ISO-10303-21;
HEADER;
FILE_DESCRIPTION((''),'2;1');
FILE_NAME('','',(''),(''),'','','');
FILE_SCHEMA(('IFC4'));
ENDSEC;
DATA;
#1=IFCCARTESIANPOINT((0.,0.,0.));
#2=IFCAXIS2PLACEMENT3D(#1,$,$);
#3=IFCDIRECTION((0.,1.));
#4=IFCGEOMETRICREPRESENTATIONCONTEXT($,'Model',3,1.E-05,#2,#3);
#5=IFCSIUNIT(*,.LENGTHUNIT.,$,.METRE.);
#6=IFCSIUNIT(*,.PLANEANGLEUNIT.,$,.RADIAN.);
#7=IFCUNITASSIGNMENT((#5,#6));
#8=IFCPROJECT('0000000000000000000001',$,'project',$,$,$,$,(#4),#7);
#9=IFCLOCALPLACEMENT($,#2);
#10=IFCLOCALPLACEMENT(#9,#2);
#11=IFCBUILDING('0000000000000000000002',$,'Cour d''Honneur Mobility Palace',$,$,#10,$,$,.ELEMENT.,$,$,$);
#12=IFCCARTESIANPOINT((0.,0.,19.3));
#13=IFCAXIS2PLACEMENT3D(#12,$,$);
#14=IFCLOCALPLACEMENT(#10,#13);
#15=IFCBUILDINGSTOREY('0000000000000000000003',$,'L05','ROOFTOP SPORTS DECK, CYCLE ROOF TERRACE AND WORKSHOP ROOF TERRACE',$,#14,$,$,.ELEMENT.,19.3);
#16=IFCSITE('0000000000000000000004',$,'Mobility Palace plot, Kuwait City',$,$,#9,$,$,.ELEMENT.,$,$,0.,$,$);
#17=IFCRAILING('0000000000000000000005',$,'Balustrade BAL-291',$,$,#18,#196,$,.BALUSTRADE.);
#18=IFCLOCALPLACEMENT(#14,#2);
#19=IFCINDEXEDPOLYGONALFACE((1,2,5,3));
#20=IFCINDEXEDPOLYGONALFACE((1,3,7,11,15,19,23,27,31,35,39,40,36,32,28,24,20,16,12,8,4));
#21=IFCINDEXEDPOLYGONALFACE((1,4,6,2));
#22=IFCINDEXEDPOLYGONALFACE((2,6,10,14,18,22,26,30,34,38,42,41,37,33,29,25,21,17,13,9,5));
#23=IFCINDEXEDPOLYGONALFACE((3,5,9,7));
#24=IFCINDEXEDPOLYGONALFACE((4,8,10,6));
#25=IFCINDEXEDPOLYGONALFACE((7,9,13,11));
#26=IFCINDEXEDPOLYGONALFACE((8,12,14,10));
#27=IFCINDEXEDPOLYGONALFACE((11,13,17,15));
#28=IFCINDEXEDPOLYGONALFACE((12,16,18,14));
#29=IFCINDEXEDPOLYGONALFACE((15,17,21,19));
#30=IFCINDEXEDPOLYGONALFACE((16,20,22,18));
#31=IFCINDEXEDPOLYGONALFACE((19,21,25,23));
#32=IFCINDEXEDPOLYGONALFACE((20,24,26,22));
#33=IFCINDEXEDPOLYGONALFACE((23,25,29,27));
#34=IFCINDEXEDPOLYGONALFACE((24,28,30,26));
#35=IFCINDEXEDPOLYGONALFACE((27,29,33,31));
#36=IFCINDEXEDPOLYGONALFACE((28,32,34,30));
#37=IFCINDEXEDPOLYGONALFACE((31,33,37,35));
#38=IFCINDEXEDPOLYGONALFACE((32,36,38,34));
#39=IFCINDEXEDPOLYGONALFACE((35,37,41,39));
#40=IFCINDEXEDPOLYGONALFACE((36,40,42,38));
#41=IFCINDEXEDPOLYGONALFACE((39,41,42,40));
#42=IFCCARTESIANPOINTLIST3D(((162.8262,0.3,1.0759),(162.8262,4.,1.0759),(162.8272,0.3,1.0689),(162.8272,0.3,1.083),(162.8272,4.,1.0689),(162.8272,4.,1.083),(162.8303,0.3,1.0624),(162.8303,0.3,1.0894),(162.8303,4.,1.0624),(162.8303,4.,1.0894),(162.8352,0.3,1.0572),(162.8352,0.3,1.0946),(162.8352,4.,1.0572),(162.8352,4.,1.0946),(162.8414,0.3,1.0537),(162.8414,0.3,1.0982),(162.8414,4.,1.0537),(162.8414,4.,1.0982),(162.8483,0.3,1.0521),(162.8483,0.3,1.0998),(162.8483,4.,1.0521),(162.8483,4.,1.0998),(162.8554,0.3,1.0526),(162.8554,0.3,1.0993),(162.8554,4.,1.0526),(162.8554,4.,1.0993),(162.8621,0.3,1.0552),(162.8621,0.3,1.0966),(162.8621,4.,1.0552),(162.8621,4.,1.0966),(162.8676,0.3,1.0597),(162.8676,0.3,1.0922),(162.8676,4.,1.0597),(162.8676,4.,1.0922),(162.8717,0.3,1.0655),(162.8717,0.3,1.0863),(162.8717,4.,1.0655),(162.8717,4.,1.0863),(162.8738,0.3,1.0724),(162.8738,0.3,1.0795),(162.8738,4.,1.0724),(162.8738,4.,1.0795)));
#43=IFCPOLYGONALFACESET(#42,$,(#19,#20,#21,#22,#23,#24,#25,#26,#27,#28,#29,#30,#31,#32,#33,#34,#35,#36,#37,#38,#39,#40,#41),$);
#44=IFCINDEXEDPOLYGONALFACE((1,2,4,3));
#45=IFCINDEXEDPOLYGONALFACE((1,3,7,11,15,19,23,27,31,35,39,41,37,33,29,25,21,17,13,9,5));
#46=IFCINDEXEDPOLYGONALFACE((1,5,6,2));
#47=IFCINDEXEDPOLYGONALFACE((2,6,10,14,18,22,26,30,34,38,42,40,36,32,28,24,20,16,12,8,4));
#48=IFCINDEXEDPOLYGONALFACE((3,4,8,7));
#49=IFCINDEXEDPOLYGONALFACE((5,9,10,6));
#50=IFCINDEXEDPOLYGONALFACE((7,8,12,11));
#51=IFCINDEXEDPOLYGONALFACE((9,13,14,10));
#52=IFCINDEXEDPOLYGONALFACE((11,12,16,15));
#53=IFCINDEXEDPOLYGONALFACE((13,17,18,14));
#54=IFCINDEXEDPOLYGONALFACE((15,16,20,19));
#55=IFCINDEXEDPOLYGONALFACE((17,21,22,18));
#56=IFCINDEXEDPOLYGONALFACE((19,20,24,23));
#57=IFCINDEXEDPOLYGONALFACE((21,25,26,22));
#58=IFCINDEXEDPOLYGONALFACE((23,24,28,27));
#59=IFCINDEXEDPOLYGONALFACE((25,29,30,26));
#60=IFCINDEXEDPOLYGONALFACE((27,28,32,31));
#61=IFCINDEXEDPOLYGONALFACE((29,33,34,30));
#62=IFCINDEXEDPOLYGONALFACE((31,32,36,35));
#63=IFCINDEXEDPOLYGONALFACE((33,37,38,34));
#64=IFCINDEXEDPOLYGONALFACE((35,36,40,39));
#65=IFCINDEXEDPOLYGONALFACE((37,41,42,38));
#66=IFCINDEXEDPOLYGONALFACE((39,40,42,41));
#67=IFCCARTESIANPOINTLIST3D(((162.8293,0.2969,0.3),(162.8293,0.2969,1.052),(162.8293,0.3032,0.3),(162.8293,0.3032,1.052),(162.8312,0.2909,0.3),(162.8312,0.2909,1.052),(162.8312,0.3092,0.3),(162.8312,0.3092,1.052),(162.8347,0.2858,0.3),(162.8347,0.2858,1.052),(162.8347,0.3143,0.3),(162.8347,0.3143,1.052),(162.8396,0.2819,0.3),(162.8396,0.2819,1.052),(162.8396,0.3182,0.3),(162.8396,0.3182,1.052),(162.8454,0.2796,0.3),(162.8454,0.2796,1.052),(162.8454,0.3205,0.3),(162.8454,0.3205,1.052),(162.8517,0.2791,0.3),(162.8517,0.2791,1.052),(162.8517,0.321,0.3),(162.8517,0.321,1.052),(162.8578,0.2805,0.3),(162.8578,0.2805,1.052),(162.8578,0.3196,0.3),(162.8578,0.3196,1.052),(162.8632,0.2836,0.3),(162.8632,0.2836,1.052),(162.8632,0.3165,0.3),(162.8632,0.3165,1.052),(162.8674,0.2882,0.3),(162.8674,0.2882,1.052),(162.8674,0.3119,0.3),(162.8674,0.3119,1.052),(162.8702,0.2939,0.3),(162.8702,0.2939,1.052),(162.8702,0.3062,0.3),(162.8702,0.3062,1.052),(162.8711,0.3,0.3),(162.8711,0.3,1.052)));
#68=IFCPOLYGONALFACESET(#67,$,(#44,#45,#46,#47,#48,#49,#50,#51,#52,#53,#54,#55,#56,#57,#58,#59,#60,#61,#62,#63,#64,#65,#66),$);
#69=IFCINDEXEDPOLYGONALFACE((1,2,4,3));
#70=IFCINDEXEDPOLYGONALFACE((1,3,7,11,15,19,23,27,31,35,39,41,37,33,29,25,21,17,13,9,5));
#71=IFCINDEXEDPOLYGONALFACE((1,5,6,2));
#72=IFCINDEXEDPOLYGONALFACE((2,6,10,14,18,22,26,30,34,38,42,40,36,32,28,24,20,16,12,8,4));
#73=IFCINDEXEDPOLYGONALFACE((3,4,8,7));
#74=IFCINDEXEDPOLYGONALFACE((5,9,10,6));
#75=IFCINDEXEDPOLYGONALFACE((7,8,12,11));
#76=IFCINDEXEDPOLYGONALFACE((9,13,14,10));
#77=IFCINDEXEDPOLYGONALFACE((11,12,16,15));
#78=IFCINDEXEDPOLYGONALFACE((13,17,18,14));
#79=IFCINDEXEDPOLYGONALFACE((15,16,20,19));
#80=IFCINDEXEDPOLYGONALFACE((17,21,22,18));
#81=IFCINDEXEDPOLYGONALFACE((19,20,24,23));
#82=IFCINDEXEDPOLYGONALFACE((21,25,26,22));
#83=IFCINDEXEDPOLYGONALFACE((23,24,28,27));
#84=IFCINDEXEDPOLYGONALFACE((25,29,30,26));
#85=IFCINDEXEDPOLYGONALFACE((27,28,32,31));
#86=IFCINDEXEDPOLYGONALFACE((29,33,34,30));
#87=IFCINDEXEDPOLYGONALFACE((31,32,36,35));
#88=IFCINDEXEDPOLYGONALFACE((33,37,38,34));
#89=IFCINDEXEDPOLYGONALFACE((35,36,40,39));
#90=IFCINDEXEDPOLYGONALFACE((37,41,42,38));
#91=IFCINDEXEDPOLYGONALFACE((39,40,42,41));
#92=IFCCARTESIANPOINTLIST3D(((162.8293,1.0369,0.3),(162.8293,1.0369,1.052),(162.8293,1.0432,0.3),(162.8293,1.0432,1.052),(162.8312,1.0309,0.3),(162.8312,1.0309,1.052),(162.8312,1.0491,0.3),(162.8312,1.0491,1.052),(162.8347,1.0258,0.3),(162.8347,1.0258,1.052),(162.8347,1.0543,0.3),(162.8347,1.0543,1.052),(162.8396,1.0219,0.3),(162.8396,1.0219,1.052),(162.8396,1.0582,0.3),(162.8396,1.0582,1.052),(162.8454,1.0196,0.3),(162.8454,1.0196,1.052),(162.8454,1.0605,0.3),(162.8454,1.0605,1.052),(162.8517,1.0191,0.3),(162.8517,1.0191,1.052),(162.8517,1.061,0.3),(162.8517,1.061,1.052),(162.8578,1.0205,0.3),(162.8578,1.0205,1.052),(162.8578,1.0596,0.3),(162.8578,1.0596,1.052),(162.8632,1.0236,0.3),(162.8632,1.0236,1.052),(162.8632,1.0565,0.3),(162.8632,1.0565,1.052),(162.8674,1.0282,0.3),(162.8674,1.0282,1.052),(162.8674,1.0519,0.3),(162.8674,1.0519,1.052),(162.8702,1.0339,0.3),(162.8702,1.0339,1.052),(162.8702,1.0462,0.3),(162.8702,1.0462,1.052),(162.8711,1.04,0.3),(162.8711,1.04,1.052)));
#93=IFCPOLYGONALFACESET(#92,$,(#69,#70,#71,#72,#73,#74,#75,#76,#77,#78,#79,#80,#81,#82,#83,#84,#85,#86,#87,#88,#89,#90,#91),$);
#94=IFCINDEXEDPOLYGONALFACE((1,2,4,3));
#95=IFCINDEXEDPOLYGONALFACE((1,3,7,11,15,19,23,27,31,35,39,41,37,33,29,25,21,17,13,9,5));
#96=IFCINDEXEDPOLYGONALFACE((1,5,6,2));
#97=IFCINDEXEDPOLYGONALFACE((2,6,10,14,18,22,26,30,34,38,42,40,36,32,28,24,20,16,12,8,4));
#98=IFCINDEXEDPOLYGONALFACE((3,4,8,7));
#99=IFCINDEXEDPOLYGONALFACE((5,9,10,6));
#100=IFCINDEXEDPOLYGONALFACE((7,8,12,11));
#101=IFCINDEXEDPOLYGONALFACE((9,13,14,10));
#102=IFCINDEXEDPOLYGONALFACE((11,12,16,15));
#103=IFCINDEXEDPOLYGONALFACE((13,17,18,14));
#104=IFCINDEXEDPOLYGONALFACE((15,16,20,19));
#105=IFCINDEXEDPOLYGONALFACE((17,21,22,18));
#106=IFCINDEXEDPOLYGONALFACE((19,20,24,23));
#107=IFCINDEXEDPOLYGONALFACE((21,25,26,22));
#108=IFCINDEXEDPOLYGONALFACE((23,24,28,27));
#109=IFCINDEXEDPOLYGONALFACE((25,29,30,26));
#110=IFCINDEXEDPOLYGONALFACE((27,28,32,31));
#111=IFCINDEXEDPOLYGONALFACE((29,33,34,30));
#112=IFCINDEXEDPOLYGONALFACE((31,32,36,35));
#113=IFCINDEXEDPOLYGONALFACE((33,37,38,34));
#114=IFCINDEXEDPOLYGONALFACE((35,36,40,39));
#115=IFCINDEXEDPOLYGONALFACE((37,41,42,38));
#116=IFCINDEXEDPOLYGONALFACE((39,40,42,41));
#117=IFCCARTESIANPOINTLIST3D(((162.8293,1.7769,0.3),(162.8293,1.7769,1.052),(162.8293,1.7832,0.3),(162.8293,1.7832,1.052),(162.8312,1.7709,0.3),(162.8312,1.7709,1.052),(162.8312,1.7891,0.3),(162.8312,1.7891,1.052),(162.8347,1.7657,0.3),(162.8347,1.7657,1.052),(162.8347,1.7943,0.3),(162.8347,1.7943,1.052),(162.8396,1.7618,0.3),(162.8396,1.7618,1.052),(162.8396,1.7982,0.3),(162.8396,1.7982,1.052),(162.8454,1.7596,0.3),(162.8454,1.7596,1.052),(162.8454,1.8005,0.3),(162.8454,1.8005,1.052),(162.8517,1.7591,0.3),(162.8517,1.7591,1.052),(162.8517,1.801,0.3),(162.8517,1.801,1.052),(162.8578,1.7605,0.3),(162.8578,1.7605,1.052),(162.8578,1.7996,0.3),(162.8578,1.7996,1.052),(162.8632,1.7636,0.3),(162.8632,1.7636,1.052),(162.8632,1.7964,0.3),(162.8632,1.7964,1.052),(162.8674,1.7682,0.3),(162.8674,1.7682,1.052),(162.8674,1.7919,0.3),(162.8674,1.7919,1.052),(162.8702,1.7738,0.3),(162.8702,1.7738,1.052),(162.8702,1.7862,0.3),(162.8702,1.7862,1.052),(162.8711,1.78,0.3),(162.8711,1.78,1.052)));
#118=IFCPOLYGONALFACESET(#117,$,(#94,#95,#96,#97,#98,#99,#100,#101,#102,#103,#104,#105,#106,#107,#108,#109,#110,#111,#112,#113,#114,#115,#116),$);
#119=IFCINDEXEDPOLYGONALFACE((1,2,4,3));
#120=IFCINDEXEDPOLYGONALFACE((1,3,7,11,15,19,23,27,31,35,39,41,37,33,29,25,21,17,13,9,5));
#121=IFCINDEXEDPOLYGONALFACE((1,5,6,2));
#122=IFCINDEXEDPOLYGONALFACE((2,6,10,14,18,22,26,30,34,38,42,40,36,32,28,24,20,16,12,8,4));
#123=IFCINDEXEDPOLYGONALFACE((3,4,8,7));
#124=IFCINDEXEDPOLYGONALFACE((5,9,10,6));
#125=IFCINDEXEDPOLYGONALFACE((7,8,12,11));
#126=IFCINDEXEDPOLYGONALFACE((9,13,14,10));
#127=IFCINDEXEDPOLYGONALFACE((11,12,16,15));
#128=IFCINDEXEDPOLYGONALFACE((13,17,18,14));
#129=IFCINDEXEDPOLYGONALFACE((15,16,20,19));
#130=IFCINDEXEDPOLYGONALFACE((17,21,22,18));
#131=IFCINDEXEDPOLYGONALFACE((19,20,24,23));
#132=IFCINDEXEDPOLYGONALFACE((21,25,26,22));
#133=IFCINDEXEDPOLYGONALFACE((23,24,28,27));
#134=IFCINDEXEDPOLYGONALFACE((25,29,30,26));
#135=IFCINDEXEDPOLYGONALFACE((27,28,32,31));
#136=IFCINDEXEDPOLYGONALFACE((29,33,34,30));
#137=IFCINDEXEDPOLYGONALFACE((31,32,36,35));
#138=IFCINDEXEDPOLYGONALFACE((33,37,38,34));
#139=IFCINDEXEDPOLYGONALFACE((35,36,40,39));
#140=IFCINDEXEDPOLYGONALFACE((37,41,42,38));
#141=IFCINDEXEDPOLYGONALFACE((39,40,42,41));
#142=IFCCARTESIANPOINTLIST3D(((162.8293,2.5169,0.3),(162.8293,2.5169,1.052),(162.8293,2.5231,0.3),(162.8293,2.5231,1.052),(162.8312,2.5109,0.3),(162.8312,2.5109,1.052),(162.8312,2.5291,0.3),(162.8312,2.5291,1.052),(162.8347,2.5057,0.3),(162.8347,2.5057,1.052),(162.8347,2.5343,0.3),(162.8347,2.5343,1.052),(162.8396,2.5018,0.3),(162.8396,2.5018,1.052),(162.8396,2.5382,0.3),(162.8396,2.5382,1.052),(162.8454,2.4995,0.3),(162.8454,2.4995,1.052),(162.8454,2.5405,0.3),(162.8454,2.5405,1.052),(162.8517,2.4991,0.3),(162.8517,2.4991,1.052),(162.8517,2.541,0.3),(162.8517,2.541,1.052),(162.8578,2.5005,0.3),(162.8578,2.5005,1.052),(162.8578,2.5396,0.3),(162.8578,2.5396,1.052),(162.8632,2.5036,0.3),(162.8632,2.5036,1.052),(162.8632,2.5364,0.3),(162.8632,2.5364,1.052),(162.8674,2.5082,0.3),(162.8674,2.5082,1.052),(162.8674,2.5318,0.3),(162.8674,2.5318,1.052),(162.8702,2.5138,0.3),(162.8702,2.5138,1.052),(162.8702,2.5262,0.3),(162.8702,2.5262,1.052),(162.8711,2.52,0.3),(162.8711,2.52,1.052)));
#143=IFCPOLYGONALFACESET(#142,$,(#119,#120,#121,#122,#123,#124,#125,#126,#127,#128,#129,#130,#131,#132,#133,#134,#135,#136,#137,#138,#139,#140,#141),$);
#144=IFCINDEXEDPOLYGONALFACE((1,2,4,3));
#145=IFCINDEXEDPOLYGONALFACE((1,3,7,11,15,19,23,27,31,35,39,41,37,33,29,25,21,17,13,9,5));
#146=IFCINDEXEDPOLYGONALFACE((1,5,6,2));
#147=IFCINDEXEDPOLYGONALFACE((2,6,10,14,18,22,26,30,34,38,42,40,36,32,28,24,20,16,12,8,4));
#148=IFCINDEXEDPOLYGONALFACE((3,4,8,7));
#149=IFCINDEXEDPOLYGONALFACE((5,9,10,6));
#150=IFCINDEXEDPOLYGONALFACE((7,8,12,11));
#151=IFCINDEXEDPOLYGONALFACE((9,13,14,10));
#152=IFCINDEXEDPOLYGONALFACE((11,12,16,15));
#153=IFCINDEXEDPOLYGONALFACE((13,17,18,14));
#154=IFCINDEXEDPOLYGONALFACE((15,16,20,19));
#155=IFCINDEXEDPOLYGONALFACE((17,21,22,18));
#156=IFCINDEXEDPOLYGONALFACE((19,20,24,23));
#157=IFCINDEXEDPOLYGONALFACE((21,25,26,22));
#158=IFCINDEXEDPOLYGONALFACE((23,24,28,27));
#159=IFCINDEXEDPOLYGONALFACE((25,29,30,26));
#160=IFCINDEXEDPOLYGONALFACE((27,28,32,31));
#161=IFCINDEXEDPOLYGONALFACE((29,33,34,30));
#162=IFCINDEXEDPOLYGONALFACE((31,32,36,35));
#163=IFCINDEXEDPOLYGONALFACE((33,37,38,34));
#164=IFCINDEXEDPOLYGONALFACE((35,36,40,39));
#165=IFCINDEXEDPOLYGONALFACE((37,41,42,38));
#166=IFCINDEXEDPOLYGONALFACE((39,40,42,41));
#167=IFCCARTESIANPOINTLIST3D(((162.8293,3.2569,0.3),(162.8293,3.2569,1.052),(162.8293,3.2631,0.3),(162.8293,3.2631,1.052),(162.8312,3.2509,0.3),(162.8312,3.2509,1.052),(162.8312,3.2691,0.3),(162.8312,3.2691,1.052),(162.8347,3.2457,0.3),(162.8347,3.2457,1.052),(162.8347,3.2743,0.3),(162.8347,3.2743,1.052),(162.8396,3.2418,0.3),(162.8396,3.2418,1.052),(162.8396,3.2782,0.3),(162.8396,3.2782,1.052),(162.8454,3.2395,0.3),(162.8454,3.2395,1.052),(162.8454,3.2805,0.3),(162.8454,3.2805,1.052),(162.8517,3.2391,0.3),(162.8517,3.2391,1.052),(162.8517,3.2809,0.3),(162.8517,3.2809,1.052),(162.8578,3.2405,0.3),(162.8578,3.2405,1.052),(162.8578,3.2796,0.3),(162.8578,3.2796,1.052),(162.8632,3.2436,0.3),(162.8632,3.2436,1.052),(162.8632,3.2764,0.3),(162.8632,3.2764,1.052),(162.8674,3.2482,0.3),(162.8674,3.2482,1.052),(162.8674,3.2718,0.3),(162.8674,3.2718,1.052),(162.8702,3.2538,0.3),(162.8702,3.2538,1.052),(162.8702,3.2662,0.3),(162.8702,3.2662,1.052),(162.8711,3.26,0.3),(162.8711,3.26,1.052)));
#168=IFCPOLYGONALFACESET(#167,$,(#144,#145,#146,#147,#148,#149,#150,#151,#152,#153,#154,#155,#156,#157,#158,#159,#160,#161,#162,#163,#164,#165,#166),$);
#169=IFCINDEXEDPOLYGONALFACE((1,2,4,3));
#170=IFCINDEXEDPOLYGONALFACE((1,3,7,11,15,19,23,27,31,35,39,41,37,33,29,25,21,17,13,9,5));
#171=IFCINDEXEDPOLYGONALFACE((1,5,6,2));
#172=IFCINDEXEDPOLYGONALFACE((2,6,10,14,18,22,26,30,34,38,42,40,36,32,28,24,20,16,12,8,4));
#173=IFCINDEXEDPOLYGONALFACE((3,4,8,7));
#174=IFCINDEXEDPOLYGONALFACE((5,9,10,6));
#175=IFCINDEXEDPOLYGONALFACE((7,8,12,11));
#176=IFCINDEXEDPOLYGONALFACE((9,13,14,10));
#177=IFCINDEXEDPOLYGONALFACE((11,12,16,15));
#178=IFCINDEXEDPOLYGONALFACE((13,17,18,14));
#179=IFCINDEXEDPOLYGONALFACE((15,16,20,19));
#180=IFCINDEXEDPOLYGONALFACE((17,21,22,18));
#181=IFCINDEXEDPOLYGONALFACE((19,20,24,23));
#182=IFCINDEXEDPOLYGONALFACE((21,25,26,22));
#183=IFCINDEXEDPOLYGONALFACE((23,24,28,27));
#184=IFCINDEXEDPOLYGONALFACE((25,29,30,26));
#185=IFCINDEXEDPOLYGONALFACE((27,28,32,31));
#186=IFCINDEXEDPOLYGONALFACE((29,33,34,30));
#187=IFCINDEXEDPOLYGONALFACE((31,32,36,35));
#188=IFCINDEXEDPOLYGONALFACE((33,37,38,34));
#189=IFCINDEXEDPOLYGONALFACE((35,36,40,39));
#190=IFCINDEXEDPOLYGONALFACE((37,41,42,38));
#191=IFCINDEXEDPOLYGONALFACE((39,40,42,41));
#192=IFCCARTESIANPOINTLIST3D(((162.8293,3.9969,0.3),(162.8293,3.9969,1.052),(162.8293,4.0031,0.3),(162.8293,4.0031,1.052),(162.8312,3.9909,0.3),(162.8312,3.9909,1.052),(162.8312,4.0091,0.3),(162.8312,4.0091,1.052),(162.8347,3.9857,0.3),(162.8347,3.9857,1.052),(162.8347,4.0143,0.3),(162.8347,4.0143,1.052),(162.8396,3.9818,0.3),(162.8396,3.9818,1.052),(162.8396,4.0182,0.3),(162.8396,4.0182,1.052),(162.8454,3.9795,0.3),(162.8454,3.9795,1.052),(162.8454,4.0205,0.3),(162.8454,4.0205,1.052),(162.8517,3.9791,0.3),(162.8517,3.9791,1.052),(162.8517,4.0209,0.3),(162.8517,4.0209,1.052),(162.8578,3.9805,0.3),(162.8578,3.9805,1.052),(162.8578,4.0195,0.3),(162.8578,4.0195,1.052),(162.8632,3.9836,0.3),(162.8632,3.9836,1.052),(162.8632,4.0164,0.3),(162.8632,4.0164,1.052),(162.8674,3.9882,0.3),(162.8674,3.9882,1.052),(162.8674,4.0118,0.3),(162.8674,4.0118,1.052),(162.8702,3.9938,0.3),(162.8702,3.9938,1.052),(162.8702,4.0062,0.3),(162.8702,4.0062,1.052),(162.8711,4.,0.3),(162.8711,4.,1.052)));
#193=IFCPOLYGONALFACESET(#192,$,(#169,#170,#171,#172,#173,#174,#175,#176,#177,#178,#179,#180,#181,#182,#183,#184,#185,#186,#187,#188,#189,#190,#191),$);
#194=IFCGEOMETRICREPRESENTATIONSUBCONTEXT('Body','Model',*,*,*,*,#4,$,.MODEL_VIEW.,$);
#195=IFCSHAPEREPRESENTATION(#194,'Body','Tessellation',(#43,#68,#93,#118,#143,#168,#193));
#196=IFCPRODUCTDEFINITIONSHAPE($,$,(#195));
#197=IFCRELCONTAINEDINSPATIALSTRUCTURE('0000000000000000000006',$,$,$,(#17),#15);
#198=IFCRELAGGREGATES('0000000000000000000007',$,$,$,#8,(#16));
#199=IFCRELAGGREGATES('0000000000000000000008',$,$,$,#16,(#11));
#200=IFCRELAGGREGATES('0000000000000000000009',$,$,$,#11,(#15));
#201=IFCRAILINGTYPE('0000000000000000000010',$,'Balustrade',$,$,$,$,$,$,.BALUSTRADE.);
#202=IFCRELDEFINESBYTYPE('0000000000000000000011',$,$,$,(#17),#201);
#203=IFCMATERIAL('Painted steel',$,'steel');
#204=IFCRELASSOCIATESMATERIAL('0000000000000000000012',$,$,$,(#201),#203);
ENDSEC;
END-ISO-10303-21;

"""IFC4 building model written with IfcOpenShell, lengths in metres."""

from ifc_helpers import new_model, si_unit, direction, frame, origin, origin_2d, place, context, subcontext, project, spatial, circle, extrude, material, type_object, element, save


model = new_model("IFC4")

# Units and contexts
model_context = context("Model", 3, precision=1e-05, world=origin(), true_north=direction((0.0, 1.0)))
body_context = subcontext(model_context, "Body", "Model", "MODEL_VIEW")
ifc_project = project(units=[si_unit("LENGTHUNIT", "METRE"), si_unit("PLANEANGLEUNIT", "RADIAN")], contexts=[model_context])

# Site, building, storey
site_placement = place(None, origin())
site = spatial("IfcSite", under=ifc_project, at=site_placement, Name="Mobility Palace plot, Kuwait City", CompositionType="ELEMENT", RefElevation=0.0)
building_placement = place(site_placement, origin())
building = spatial("IfcBuilding", under=site, at=building_placement, Name="Cour d'Honneur Mobility Palace", CompositionType="ELEMENT")
storey_placement = place(building_placement, frame((0.0, 0.0, 19.3)))
storey = spatial("IfcBuildingStorey", under=building, at=storey_placement, Name="L05", Description="ROOFTOP SPORTS DECK, CYCLE ROOF TERRACE AND WORKSHOP ROOF TERRACE", CompositionType="ELEMENT", Elevation=19.3)

# Railing
ifc_material_1 = material(Name="Painted steel", Category="steel")
railing_type_1 = type_object("IfcRailingType", Name="Balustrade", PredefinedType="BALUSTRADE", material=ifc_material_1)
railing_1_placement = place(storey_placement, frame((162.8501, 0.3, 0.3)))
element("IfcRailing", 1, at=railing_1_placement, inside=storey, type_object=railing_type_1, Name="Balustrade BAL-291", PredefinedType="BALUSTRADE", context=body_context, shape_type="SweptSolid", body=[
    extrude(circle(Radius=0.0239, at=origin_2d()), frame((0.0, 0.0, 0.7759), z_axis=(0.0, 1.0, 0.0), x_axis=(-1.0, 0.0, 0.0)), (0.0, 0.0, 1.0), 3.7),
    extrude(circle(Radius=0.021, at=origin_2d()), origin(), (0.0, 0.0, 1.0), 0.752),
    extrude(circle(Radius=0.021, at=origin_2d()), frame((0.0, 0.74, 0.0)), (0.0, 0.0, 1.0), 0.752),
    extrude(circle(Radius=0.021, at=origin_2d()), frame((0.0, 1.48, 0.0)), (0.0, 0.0, 1.0), 0.752),
    extrude(circle(Radius=0.021, at=origin_2d()), frame((0.0, 2.22, 0.0)), (0.0, 0.0, 1.0), 0.752),
    extrude(circle(Radius=0.021, at=origin_2d()), frame((0.0, 2.96, 0.0)), (0.0, 0.0, 1.0), 0.752),
    extrude(circle(Radius=0.021, at=origin_2d()), frame((0.0, 3.7, 0.0)), (0.0, 0.0, 1.0), 0.752),
])

save(model, "model.ifc")
